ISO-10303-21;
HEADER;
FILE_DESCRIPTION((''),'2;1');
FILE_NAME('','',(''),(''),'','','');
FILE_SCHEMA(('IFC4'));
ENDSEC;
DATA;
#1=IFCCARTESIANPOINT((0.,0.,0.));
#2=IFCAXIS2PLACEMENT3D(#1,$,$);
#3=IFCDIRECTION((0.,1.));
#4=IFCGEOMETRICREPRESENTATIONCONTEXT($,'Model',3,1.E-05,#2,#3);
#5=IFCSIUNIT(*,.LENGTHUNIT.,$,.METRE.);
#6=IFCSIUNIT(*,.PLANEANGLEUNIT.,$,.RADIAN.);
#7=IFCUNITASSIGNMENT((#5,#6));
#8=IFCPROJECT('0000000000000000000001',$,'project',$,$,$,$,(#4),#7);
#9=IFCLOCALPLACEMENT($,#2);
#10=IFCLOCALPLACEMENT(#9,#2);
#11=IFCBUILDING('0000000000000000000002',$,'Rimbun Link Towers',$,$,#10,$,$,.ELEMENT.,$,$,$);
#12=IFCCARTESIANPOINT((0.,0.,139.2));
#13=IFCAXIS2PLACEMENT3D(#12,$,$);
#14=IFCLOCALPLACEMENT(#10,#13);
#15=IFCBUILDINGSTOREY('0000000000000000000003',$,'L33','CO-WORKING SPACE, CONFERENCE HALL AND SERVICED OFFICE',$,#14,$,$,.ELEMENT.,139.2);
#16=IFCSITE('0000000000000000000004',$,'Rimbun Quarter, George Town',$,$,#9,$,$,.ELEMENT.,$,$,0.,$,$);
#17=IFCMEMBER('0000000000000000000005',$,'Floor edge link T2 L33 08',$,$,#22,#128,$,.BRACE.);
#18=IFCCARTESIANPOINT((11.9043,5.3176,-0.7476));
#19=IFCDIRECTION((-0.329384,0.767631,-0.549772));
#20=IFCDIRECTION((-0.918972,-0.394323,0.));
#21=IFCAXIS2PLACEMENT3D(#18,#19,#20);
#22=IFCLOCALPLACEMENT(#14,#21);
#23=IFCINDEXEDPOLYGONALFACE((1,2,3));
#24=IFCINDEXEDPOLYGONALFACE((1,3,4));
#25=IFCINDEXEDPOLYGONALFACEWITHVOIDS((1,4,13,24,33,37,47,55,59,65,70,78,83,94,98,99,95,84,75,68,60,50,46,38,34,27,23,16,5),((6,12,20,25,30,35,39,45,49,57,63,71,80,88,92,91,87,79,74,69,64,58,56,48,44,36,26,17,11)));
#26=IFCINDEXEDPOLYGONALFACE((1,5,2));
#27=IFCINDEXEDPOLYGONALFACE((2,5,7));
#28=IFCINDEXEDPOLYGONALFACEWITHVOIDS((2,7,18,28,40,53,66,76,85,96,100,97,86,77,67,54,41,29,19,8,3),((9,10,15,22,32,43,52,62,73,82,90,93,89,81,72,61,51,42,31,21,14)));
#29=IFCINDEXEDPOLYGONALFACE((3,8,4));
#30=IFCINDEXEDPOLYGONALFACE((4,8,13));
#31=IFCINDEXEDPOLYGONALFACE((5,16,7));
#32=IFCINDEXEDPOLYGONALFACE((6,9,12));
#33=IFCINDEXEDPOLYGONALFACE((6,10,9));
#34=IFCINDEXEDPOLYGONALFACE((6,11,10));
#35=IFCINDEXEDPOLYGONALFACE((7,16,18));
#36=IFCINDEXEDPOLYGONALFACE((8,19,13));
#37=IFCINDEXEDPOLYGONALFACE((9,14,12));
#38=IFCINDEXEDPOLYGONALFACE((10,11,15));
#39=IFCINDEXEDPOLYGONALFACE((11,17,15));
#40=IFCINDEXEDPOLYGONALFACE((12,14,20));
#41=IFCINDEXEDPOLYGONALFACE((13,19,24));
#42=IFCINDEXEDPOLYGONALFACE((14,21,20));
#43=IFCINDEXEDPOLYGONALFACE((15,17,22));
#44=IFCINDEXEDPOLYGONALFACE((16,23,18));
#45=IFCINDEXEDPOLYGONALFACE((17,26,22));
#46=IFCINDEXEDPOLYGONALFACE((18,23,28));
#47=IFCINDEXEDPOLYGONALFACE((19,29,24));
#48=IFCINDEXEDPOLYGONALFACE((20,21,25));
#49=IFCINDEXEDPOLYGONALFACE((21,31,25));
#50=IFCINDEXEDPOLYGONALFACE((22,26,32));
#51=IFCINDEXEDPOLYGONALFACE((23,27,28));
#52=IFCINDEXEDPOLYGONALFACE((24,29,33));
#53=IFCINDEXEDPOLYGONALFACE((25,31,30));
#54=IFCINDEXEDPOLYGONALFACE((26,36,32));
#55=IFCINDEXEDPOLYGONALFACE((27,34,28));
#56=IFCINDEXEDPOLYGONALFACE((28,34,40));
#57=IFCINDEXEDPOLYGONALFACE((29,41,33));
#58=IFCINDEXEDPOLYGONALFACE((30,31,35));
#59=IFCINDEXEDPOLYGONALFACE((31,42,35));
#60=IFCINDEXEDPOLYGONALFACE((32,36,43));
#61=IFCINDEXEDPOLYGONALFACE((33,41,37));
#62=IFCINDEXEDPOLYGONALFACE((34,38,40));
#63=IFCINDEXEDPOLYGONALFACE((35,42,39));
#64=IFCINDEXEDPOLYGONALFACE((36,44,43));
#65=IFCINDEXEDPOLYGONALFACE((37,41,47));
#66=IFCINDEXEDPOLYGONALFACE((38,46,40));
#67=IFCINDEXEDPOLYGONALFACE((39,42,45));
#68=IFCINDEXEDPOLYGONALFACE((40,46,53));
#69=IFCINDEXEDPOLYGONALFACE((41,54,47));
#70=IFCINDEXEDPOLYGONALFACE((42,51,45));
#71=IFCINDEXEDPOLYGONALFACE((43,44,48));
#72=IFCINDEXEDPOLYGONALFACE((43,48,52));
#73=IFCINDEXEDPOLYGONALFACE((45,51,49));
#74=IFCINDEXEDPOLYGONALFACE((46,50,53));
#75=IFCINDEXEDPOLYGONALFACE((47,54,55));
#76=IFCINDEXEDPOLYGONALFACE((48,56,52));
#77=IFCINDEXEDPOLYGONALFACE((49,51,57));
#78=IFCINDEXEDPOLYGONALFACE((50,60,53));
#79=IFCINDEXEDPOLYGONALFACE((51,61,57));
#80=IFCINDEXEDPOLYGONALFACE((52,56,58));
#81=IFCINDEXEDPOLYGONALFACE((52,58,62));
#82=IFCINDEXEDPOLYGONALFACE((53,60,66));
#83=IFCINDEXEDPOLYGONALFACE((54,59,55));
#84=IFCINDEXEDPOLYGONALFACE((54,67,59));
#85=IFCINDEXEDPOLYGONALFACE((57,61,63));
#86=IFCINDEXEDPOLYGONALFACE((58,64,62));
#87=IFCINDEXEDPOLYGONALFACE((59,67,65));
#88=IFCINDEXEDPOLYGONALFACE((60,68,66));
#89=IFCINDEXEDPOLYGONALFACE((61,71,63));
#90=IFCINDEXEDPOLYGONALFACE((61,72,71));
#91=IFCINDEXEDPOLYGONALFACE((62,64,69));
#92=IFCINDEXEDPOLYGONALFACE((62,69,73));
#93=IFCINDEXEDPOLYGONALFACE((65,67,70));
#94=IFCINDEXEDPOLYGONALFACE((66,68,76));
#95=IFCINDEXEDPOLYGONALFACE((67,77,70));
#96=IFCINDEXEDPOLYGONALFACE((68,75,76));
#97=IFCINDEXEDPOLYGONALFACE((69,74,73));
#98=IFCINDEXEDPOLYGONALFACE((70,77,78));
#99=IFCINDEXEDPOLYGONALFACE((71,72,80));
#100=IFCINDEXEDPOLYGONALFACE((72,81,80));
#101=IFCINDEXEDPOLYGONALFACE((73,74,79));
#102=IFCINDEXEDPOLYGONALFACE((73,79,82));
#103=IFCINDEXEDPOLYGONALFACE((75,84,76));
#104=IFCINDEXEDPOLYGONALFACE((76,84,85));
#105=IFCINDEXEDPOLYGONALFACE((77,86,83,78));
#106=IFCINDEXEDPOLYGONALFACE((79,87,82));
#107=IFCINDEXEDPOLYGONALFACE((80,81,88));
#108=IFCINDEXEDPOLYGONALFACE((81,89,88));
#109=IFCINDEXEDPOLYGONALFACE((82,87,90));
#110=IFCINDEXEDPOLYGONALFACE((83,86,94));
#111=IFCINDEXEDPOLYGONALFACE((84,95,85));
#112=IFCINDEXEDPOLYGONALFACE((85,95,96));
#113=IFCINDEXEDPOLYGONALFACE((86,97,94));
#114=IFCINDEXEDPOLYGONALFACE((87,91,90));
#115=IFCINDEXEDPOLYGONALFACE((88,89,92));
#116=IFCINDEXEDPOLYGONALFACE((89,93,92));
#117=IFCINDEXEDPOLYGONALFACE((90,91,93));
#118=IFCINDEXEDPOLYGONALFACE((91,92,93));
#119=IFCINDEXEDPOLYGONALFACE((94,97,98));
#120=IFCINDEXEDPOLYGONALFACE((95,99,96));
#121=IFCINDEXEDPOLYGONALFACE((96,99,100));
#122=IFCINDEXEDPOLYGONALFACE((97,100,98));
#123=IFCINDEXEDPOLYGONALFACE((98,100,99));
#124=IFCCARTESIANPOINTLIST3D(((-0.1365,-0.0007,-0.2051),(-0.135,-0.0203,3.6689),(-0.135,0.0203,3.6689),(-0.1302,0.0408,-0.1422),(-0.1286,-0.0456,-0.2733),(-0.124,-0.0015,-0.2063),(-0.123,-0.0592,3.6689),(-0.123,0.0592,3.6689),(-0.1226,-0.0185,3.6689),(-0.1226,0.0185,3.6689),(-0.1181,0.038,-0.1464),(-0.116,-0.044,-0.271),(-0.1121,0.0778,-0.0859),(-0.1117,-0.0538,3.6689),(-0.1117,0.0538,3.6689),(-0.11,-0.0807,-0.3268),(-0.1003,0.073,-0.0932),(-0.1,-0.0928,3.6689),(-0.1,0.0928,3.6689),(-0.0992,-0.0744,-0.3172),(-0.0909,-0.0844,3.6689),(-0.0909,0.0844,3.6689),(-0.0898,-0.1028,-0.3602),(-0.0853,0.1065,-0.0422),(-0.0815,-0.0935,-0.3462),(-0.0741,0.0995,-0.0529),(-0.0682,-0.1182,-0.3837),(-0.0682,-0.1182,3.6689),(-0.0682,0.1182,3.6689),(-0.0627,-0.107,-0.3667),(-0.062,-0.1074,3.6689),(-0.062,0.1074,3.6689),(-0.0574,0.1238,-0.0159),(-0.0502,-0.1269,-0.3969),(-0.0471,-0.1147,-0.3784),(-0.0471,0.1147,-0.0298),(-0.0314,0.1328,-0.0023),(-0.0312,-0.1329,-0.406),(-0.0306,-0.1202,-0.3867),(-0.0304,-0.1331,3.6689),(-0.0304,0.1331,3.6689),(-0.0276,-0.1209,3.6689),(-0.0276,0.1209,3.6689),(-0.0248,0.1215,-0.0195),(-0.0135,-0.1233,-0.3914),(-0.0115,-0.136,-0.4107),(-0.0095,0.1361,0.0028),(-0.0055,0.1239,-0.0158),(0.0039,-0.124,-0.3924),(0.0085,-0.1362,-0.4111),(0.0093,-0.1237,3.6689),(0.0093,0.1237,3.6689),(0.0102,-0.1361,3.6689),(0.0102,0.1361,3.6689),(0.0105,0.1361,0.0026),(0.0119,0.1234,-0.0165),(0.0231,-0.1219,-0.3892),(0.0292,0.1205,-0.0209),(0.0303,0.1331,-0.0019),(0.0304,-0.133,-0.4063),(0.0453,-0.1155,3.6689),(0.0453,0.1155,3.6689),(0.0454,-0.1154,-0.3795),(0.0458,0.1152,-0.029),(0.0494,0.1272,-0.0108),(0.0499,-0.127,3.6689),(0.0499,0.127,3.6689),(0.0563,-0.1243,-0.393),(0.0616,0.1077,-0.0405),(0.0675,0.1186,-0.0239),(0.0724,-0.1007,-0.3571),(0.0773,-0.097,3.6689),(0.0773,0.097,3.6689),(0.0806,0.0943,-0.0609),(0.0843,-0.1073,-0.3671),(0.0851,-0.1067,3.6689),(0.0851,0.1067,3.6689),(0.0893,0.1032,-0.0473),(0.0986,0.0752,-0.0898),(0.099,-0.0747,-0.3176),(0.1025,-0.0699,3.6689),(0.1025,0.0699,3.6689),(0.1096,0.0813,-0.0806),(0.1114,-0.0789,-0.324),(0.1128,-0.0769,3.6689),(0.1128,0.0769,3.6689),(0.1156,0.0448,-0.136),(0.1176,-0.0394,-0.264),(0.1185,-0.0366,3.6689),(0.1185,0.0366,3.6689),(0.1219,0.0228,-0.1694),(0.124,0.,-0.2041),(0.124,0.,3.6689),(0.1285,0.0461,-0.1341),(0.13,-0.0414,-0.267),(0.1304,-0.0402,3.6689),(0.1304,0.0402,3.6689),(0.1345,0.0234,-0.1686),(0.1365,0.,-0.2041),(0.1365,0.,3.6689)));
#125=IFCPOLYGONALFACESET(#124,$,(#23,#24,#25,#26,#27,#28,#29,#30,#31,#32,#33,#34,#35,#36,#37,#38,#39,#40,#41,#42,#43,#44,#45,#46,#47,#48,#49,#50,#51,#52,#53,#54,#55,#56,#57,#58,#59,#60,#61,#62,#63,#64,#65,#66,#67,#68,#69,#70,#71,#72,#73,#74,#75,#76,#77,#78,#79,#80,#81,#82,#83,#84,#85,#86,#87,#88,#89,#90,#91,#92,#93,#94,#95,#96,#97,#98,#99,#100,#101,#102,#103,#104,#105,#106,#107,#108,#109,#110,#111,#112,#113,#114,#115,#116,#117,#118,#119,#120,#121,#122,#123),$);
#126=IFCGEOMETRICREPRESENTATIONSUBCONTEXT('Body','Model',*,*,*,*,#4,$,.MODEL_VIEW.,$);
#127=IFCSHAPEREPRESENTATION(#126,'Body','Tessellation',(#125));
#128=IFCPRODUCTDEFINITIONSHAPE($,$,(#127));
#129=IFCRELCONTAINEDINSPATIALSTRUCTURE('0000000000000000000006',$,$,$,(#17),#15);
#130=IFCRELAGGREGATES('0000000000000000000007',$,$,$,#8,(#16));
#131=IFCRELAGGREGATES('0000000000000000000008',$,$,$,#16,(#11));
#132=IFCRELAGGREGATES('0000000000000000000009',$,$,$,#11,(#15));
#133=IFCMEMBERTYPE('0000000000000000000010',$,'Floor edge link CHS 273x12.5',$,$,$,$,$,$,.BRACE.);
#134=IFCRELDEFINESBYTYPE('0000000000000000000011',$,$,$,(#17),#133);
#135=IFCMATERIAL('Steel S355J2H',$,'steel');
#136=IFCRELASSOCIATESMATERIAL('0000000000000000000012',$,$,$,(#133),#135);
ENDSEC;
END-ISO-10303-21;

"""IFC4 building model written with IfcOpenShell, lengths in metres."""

from ifc_helpers import new_model, si_unit, direction, frame, origin, origin_2d, place, context, subcontext, project, spatial, hollow_circle, extrude, clip, halfspace, material, material_profile, profile_set, type_object, element, save


model = new_model("IFC4")

# Units and contexts
model_context = context("Model", 3, precision=1e-05, world=origin(), true_north=direction((0.0, 1.0)))
body_context = subcontext(model_context, "Body", "Model", "MODEL_VIEW")
ifc_project = project(units=[si_unit("LENGTHUNIT", "METRE"), si_unit("PLANEANGLEUNIT", "RADIAN")], contexts=[model_context])

# Site, building, storey
site_placement = place(None, origin())
site = spatial("IfcSite", under=ifc_project, at=site_placement, Name="Rimbun Quarter, George Town", CompositionType="ELEMENT", RefElevation=0.0)
building_placement = place(site_placement, origin())
building = spatial("IfcBuilding", under=site, at=building_placement, Name="Rimbun Link Towers", CompositionType="ELEMENT")
storey_placement = place(building_placement, frame((0.0, 0.0, 139.2)))
storey = spatial("IfcBuildingStorey", under=building, at=storey_placement, Name="L33", Description="CO-WORKING SPACE, CONFERENCE HALL AND SERVICED OFFICE", CompositionType="ELEMENT", Elevation=139.2)

# Member
ifc_material_1 = material(Name="Steel S355J2H", Category="steel")
ifc_material_profile_1 = material_profile(ifc_material_1, hollow_circle(Radius=0.1365, WallThickness=0.0125, at=origin_2d()), Name="CHS 273x12.5")
ifc_profile_set_1 = profile_set([ifc_material_profile_1], Name="Steel S355J2H")
member_type_1 = type_object("IfcMemberType", Name="Floor edge link CHS 273x12.5", PredefinedType="BRACE", material=ifc_profile_set_1)
member_1_placement = place(storey_placement, frame((11.9043, 5.3176, -0.7476), z_axis=(-0.329384, 0.767631, -0.549772), x_axis=(-0.918972, -0.394323, 0.0)))
element("IfcMember", 1, at=member_1_placement, inside=storey, type_object=member_type_1, Name="Floor edge link T2 L33 08", PredefinedType="BRACE", context=body_context, shape_type="Clipping", body=[
    clip(extrude(hollow_circle(Radius=0.1365, WallThickness=0.0125, at=origin_2d()), frame((0.0, 0.0, -0.4331)), (0.0, 0.0, 1.0), 4.1021), halfspace(frame((0.0, 0.0, -0.2041), z_axis=(0.0, 0.835315, -0.549772)), False)),
])

save(model, "model.ifc")
